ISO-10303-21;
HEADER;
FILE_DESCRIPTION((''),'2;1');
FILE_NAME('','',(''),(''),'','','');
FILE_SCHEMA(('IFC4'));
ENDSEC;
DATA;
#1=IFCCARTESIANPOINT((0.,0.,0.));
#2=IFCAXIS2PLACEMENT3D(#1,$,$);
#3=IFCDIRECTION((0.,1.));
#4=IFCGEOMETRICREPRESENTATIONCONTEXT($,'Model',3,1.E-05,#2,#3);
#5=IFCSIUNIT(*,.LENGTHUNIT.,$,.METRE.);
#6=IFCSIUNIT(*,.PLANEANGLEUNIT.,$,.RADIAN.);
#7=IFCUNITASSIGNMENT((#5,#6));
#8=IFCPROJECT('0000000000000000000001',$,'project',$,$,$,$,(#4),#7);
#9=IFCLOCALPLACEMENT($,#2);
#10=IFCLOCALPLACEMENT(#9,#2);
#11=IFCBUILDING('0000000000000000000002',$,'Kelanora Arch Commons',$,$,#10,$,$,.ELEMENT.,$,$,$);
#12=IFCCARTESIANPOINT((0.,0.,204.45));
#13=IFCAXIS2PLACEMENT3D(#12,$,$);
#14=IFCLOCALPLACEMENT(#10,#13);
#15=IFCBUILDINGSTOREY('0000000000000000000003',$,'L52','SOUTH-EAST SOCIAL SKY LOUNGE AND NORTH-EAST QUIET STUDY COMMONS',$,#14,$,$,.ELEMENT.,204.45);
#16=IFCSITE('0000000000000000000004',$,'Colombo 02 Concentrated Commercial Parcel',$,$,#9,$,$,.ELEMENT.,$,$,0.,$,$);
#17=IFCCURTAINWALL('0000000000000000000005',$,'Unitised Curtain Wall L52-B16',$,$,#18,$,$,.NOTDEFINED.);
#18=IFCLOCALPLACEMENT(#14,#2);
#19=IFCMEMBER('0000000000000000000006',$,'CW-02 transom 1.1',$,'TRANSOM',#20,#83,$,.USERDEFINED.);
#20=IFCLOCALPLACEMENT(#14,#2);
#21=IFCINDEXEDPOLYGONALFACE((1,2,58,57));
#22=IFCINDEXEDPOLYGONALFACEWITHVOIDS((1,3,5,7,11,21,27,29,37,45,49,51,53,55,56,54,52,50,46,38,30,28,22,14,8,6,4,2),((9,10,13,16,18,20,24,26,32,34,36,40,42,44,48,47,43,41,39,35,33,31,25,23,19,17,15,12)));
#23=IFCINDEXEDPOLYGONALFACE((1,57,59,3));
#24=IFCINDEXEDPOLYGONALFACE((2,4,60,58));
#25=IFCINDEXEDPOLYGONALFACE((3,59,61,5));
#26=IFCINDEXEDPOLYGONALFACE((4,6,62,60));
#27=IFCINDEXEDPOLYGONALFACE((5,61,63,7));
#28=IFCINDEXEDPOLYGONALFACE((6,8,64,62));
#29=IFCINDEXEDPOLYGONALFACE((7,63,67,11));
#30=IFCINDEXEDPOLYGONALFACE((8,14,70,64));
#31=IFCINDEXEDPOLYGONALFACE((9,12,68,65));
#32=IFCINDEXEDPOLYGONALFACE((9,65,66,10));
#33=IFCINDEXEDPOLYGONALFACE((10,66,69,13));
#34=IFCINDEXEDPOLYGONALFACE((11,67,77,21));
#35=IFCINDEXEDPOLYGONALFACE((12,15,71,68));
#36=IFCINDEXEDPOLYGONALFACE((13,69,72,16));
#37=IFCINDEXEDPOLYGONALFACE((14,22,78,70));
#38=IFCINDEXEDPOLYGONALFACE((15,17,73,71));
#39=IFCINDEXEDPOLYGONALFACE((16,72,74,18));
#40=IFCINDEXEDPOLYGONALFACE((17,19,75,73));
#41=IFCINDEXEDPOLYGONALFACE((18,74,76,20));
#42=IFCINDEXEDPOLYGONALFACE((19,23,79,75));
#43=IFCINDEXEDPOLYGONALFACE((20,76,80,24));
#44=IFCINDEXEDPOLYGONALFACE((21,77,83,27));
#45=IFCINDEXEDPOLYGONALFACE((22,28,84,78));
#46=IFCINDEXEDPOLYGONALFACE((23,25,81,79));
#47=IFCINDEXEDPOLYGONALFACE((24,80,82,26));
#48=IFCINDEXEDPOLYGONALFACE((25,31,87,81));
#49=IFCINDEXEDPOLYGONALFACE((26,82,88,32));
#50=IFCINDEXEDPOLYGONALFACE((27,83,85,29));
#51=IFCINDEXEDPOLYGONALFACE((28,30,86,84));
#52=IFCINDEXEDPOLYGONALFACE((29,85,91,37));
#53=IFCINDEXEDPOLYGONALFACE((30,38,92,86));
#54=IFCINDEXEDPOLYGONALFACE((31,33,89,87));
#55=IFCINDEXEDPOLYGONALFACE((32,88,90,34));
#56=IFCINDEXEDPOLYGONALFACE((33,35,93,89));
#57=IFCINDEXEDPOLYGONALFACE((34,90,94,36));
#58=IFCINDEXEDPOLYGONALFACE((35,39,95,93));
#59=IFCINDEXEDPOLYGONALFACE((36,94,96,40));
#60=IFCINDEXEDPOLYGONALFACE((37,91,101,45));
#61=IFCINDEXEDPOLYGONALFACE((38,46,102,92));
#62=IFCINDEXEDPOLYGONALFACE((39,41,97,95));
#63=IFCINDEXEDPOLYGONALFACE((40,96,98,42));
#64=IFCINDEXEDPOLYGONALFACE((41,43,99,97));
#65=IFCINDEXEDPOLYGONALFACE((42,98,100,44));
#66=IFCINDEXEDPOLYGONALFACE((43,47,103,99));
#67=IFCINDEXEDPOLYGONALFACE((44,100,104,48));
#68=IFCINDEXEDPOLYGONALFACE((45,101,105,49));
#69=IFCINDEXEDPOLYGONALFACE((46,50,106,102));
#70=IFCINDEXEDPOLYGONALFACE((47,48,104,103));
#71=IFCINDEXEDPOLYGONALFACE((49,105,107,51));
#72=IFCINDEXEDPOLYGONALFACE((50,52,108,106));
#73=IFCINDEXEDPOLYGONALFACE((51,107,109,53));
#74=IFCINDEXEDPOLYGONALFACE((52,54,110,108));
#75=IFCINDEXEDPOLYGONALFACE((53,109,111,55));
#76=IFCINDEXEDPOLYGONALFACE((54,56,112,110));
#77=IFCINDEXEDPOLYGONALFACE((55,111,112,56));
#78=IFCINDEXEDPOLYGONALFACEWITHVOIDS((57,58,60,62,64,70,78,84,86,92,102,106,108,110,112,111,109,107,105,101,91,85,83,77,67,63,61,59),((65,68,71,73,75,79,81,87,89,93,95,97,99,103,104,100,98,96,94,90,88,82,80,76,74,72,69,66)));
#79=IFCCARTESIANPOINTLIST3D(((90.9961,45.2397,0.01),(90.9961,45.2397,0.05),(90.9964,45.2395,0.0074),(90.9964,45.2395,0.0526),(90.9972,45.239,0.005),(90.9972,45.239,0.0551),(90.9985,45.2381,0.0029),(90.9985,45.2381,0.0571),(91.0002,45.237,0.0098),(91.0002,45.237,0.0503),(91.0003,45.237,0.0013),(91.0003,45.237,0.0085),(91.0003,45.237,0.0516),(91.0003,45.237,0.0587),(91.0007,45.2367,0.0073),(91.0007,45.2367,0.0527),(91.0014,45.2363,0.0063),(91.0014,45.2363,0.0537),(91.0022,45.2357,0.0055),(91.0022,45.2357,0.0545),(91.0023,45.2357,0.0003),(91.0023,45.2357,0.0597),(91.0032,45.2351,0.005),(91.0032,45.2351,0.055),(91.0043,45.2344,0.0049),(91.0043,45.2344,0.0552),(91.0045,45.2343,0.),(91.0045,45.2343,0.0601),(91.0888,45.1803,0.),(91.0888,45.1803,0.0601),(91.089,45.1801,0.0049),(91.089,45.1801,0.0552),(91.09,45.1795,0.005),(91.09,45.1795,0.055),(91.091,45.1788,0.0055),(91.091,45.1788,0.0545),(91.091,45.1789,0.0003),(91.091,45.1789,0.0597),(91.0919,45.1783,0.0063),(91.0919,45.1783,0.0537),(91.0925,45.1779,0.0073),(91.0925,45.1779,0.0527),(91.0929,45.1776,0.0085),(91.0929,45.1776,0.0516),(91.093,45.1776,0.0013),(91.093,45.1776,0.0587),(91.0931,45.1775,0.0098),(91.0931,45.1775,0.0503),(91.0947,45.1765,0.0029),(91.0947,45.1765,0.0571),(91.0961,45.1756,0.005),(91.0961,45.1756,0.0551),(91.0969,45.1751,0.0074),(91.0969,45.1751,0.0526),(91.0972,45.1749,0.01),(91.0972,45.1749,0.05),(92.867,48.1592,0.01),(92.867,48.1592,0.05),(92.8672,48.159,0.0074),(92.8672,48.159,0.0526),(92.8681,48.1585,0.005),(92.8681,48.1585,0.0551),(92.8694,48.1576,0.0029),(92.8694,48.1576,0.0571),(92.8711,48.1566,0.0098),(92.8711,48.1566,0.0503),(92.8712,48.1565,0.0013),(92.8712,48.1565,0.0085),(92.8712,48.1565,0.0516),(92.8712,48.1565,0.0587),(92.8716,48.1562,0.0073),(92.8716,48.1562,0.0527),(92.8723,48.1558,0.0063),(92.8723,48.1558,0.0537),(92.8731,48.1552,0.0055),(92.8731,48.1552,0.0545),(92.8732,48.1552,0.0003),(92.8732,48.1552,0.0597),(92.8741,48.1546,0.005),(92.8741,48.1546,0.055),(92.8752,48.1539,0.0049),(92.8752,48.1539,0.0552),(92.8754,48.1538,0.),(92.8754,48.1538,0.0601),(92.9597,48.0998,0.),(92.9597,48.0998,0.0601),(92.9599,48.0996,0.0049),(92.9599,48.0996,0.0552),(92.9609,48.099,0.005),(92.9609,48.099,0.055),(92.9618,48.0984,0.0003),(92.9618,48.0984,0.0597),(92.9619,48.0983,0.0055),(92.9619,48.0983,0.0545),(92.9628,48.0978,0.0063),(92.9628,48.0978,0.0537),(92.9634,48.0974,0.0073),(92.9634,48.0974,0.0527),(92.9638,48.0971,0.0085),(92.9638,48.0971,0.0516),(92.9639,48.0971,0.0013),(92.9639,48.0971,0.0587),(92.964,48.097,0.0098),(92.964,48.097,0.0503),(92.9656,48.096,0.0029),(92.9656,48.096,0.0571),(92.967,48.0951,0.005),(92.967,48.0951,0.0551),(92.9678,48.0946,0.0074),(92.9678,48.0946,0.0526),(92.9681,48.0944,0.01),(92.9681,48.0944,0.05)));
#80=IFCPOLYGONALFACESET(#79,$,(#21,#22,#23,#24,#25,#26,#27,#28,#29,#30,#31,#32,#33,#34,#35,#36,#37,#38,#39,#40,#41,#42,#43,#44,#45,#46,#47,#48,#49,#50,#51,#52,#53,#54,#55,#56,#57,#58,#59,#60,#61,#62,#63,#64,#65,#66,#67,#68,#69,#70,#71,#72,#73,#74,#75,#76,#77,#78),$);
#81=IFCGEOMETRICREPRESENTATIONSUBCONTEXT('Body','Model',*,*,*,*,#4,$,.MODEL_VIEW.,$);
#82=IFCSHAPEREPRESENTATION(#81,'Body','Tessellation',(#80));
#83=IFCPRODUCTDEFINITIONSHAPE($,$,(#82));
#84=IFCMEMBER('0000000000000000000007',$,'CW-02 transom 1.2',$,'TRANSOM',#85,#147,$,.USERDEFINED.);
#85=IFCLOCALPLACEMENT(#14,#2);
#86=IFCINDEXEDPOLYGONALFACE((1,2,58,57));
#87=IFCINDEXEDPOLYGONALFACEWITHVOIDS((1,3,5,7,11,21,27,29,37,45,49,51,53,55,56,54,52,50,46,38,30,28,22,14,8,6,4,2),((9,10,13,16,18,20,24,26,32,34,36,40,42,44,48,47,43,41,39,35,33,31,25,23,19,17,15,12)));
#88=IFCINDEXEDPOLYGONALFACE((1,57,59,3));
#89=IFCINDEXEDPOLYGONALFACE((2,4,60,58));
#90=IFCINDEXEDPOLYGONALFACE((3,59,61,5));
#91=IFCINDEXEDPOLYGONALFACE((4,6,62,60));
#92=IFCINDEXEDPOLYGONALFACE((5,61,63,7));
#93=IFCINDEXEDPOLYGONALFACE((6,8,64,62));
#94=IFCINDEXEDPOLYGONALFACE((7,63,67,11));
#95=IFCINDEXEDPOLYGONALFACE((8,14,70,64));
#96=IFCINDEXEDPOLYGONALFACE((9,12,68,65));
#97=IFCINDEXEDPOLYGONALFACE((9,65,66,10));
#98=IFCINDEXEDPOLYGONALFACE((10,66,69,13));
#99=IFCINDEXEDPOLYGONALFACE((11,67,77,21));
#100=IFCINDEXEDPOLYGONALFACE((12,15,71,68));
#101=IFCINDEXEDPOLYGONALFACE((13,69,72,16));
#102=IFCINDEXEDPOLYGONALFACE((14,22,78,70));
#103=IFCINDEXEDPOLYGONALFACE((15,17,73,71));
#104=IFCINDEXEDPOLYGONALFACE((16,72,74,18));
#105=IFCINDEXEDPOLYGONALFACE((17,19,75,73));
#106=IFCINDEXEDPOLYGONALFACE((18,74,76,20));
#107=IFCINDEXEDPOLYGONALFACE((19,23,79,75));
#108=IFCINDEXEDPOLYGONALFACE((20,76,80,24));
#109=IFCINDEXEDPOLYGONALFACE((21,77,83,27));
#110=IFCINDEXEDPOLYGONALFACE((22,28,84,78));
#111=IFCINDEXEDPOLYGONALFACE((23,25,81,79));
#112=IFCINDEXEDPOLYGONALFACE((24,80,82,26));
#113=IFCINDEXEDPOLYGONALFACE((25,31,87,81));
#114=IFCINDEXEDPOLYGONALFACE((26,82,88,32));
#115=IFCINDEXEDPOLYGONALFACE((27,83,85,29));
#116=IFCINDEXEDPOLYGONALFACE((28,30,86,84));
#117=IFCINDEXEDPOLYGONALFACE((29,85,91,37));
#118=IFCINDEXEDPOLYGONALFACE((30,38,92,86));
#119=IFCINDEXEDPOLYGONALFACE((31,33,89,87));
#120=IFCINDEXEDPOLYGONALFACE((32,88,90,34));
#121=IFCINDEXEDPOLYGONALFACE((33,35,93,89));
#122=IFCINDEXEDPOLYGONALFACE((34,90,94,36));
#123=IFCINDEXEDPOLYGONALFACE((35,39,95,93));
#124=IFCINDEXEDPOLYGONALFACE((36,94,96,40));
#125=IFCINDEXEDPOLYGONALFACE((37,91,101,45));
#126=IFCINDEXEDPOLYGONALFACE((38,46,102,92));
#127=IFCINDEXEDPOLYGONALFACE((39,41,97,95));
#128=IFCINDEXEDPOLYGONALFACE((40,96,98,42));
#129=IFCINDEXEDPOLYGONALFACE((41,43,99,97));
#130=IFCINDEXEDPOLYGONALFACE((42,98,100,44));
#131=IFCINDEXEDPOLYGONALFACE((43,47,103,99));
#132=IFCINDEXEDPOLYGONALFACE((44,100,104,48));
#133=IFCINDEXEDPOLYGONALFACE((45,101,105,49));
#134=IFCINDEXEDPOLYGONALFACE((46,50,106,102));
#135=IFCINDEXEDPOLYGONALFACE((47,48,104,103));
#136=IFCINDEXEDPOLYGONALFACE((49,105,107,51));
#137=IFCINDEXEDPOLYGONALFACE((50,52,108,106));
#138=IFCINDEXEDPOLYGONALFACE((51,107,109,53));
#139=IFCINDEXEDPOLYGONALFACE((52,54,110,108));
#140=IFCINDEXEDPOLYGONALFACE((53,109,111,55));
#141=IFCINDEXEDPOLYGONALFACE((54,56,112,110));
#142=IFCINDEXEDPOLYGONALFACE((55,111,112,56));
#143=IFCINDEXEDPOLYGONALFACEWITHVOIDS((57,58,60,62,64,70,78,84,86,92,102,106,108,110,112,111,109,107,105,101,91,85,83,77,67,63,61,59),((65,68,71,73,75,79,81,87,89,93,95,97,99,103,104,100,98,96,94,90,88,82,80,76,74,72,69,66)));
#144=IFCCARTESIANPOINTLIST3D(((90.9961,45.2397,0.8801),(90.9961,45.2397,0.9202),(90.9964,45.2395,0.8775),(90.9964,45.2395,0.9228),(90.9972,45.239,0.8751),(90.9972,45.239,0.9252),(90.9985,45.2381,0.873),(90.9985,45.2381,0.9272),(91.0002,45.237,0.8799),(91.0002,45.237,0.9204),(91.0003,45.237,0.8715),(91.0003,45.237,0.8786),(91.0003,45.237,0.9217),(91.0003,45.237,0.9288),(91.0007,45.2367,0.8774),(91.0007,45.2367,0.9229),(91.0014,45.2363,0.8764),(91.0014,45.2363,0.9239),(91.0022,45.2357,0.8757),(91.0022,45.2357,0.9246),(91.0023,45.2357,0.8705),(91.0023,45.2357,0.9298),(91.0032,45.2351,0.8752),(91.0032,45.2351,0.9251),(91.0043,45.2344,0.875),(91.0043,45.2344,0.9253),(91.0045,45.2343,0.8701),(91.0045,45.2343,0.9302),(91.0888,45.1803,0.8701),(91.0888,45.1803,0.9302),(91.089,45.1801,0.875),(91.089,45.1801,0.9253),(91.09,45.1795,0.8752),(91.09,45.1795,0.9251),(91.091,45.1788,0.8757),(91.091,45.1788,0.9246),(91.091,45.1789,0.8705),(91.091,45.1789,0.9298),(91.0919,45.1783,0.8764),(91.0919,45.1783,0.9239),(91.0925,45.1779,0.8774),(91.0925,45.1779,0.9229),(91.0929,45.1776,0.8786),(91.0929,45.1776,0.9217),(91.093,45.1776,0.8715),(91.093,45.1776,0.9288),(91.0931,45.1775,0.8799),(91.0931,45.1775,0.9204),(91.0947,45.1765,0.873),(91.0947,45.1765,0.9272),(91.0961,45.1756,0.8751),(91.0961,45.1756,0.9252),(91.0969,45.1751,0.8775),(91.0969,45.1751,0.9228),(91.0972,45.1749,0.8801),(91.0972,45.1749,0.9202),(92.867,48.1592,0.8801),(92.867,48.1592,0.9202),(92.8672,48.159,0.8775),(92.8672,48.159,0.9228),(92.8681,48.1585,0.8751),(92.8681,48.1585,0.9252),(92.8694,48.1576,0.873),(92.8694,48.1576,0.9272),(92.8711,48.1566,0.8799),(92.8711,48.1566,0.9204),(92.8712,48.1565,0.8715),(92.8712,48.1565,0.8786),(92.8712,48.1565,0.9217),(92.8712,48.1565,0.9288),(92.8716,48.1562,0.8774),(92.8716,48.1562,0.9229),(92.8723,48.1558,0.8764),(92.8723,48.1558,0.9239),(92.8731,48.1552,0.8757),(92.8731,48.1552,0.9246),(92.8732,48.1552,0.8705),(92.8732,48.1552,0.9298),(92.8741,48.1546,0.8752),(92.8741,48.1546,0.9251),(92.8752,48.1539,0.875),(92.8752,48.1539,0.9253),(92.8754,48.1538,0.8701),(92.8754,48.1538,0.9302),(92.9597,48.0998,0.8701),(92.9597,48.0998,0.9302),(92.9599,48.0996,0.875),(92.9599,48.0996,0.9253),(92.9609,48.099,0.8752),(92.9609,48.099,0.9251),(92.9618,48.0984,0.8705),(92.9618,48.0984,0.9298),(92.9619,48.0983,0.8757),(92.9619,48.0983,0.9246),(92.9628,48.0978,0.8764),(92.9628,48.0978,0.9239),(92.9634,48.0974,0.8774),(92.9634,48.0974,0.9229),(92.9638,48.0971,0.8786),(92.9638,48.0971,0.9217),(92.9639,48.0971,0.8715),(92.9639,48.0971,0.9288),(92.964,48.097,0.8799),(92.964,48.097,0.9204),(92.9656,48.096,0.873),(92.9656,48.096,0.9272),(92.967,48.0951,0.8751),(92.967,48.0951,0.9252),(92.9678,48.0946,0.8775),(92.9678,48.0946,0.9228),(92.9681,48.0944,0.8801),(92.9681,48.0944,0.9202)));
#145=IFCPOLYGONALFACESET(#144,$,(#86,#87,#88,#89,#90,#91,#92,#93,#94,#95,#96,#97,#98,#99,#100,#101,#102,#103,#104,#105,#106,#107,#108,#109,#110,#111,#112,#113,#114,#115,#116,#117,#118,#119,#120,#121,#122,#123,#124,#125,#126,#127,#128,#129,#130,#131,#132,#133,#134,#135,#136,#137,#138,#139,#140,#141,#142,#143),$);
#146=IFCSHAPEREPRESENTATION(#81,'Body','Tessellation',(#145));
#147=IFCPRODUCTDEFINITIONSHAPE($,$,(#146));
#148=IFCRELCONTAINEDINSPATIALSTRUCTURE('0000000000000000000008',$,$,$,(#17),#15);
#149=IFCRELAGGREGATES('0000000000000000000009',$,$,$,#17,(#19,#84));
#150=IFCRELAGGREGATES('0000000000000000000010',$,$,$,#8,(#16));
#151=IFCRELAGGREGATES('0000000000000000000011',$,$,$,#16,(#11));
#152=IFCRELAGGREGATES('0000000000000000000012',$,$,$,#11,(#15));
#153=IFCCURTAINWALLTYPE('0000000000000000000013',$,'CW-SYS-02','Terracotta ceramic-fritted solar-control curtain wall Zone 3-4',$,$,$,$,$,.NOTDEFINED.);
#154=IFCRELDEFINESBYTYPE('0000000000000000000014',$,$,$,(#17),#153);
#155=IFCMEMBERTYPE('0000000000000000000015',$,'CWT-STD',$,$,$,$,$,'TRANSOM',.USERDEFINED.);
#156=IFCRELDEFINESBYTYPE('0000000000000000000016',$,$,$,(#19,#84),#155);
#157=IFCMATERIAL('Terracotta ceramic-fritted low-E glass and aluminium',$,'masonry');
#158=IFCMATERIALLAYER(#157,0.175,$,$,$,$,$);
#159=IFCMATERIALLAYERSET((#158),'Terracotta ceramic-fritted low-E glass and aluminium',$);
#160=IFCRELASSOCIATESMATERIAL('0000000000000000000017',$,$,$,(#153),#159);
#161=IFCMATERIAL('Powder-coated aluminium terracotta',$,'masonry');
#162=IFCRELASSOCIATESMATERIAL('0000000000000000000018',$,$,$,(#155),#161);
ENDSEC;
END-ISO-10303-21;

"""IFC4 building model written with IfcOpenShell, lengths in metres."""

from ifc_helpers import new_model, si_unit, direction, frame, origin, origin_2d, place, context, subcontext, project, spatial, hollow_rectangle, extrude, material, layer, layer_set, material_profile, profile_set, type_object, element, aggregate, save


model = new_model("IFC4")

# Units and contexts
model_context = context("Model", 3, precision=1e-05, world=origin(), true_north=direction((0.0, 1.0)))
body_context = subcontext(model_context, "Body", "Model", "MODEL_VIEW")
ifc_project = project(units=[si_unit("LENGTHUNIT", "METRE"), si_unit("PLANEANGLEUNIT", "RADIAN")], contexts=[model_context])

# Site, building, storey
site_placement = place(None, origin())
site = spatial("IfcSite", under=ifc_project, at=site_placement, Name="Colombo 02 Concentrated Commercial Parcel", CompositionType="ELEMENT", RefElevation=0.0)
building_placement = place(site_placement, origin())
building = spatial("IfcBuilding", under=site, at=building_placement, Name="Kelanora Arch Commons", CompositionType="ELEMENT")
storey_placement = place(building_placement, frame((0.0, 0.0, 204.45)))
storey = spatial("IfcBuildingStorey", under=building, at=storey_placement, Name="L52", Description="SOUTH-EAST SOCIAL SKY LOUNGE AND NORTH-EAST QUIET STUDY COMMONS", CompositionType="ELEMENT", Elevation=204.45)

# Shared definitions
ifc_material_1 = material(Name="Terracotta ceramic-fritted low-E glass and aluminium", Category="masonry")
ifc_layer_1 = layer(ifc_material_1, 0.175)
ifc_layer_set_1 = layer_set([ifc_layer_1], Name="Terracotta ceramic-fritted low-E glass and aluminium")
curtain_wall_type = type_object("IfcCurtainWallType", Name="CW-SYS-02", Description="Terracotta ceramic-fritted solar-control curtain wall Zone 3-4", PredefinedType="NOTDEFINED", material=ifc_layer_set_1)
ifc_material_2 = material(Name="Powder-coated aluminium terracotta", Category="masonry")

# Curtain wall, members
curtain_wall_1_placement = place(storey_placement, origin())
curtain_wall_1 = element("IfcCurtainWall", 1, at=curtain_wall_1_placement, inside=storey, type_object=curtain_wall_type, Name="Unitised Curtain Wall L52-B16", PredefinedType="NOTDEFINED")
ifc_material_profile_1 = material_profile(ifc_material_2, hollow_rectangle(XDim=0.1201, YDim=0.0601, WallThickness=0.0049, InnerFilletRadius=0.0049, OuterFilletRadius=0.01, at=origin_2d()), Name="CWT120x60")
ifc_profile_set_1 = profile_set([ifc_material_profile_1], Name="Powder-coated aluminium terracotta")
member_type_1 = type_object("IfcMemberType", Name="CWT-STD", ElementType="TRANSOM", PredefinedType="USERDEFINED", material=ifc_profile_set_1)
member_1_placement = place(storey_placement, frame((91.0466, 45.2073, 0.03), z_axis=(0.539547, 0.841955, 0.0), x_axis=(-0.841955, 0.539547, 0.0)))
member_1 = element("IfcMember", 2, at=member_1_placement, type_object=member_type_1, Name="CW-02 transom 1.1", ObjectType="TRANSOM", PredefinedType="USERDEFINED", context=body_context, shape_type="SweptSolid", body=[
    extrude(hollow_rectangle(XDim=0.1201, YDim=0.0601, WallThickness=0.0049, InnerFilletRadius=0.0049, OuterFilletRadius=0.01, at=origin_2d()), origin(), (0.0, 0.0, 1.0), 3.4675),
])
member_2_placement = place(storey_placement, frame((91.0466, 45.2073, 0.9001), z_axis=(0.539547, 0.841955, 0.0), x_axis=(-0.841955, 0.539547, 0.0)))
member_2 = element("IfcMember", 3, at=member_2_placement, type_object=member_type_1, Name="CW-02 transom 1.2", ObjectType="TRANSOM", PredefinedType="USERDEFINED", context=body_context, shape_type="SweptSolid", body=[
    extrude(hollow_rectangle(XDim=0.1201, YDim=0.0601, WallThickness=0.0049, InnerFilletRadius=0.0049, OuterFilletRadius=0.01, at=origin_2d()), origin(), (0.0, 0.0, 1.0), 3.4675),
])

aggregate(curtain_wall_1, [member_1, member_2])

save(model, "model.ifc")
